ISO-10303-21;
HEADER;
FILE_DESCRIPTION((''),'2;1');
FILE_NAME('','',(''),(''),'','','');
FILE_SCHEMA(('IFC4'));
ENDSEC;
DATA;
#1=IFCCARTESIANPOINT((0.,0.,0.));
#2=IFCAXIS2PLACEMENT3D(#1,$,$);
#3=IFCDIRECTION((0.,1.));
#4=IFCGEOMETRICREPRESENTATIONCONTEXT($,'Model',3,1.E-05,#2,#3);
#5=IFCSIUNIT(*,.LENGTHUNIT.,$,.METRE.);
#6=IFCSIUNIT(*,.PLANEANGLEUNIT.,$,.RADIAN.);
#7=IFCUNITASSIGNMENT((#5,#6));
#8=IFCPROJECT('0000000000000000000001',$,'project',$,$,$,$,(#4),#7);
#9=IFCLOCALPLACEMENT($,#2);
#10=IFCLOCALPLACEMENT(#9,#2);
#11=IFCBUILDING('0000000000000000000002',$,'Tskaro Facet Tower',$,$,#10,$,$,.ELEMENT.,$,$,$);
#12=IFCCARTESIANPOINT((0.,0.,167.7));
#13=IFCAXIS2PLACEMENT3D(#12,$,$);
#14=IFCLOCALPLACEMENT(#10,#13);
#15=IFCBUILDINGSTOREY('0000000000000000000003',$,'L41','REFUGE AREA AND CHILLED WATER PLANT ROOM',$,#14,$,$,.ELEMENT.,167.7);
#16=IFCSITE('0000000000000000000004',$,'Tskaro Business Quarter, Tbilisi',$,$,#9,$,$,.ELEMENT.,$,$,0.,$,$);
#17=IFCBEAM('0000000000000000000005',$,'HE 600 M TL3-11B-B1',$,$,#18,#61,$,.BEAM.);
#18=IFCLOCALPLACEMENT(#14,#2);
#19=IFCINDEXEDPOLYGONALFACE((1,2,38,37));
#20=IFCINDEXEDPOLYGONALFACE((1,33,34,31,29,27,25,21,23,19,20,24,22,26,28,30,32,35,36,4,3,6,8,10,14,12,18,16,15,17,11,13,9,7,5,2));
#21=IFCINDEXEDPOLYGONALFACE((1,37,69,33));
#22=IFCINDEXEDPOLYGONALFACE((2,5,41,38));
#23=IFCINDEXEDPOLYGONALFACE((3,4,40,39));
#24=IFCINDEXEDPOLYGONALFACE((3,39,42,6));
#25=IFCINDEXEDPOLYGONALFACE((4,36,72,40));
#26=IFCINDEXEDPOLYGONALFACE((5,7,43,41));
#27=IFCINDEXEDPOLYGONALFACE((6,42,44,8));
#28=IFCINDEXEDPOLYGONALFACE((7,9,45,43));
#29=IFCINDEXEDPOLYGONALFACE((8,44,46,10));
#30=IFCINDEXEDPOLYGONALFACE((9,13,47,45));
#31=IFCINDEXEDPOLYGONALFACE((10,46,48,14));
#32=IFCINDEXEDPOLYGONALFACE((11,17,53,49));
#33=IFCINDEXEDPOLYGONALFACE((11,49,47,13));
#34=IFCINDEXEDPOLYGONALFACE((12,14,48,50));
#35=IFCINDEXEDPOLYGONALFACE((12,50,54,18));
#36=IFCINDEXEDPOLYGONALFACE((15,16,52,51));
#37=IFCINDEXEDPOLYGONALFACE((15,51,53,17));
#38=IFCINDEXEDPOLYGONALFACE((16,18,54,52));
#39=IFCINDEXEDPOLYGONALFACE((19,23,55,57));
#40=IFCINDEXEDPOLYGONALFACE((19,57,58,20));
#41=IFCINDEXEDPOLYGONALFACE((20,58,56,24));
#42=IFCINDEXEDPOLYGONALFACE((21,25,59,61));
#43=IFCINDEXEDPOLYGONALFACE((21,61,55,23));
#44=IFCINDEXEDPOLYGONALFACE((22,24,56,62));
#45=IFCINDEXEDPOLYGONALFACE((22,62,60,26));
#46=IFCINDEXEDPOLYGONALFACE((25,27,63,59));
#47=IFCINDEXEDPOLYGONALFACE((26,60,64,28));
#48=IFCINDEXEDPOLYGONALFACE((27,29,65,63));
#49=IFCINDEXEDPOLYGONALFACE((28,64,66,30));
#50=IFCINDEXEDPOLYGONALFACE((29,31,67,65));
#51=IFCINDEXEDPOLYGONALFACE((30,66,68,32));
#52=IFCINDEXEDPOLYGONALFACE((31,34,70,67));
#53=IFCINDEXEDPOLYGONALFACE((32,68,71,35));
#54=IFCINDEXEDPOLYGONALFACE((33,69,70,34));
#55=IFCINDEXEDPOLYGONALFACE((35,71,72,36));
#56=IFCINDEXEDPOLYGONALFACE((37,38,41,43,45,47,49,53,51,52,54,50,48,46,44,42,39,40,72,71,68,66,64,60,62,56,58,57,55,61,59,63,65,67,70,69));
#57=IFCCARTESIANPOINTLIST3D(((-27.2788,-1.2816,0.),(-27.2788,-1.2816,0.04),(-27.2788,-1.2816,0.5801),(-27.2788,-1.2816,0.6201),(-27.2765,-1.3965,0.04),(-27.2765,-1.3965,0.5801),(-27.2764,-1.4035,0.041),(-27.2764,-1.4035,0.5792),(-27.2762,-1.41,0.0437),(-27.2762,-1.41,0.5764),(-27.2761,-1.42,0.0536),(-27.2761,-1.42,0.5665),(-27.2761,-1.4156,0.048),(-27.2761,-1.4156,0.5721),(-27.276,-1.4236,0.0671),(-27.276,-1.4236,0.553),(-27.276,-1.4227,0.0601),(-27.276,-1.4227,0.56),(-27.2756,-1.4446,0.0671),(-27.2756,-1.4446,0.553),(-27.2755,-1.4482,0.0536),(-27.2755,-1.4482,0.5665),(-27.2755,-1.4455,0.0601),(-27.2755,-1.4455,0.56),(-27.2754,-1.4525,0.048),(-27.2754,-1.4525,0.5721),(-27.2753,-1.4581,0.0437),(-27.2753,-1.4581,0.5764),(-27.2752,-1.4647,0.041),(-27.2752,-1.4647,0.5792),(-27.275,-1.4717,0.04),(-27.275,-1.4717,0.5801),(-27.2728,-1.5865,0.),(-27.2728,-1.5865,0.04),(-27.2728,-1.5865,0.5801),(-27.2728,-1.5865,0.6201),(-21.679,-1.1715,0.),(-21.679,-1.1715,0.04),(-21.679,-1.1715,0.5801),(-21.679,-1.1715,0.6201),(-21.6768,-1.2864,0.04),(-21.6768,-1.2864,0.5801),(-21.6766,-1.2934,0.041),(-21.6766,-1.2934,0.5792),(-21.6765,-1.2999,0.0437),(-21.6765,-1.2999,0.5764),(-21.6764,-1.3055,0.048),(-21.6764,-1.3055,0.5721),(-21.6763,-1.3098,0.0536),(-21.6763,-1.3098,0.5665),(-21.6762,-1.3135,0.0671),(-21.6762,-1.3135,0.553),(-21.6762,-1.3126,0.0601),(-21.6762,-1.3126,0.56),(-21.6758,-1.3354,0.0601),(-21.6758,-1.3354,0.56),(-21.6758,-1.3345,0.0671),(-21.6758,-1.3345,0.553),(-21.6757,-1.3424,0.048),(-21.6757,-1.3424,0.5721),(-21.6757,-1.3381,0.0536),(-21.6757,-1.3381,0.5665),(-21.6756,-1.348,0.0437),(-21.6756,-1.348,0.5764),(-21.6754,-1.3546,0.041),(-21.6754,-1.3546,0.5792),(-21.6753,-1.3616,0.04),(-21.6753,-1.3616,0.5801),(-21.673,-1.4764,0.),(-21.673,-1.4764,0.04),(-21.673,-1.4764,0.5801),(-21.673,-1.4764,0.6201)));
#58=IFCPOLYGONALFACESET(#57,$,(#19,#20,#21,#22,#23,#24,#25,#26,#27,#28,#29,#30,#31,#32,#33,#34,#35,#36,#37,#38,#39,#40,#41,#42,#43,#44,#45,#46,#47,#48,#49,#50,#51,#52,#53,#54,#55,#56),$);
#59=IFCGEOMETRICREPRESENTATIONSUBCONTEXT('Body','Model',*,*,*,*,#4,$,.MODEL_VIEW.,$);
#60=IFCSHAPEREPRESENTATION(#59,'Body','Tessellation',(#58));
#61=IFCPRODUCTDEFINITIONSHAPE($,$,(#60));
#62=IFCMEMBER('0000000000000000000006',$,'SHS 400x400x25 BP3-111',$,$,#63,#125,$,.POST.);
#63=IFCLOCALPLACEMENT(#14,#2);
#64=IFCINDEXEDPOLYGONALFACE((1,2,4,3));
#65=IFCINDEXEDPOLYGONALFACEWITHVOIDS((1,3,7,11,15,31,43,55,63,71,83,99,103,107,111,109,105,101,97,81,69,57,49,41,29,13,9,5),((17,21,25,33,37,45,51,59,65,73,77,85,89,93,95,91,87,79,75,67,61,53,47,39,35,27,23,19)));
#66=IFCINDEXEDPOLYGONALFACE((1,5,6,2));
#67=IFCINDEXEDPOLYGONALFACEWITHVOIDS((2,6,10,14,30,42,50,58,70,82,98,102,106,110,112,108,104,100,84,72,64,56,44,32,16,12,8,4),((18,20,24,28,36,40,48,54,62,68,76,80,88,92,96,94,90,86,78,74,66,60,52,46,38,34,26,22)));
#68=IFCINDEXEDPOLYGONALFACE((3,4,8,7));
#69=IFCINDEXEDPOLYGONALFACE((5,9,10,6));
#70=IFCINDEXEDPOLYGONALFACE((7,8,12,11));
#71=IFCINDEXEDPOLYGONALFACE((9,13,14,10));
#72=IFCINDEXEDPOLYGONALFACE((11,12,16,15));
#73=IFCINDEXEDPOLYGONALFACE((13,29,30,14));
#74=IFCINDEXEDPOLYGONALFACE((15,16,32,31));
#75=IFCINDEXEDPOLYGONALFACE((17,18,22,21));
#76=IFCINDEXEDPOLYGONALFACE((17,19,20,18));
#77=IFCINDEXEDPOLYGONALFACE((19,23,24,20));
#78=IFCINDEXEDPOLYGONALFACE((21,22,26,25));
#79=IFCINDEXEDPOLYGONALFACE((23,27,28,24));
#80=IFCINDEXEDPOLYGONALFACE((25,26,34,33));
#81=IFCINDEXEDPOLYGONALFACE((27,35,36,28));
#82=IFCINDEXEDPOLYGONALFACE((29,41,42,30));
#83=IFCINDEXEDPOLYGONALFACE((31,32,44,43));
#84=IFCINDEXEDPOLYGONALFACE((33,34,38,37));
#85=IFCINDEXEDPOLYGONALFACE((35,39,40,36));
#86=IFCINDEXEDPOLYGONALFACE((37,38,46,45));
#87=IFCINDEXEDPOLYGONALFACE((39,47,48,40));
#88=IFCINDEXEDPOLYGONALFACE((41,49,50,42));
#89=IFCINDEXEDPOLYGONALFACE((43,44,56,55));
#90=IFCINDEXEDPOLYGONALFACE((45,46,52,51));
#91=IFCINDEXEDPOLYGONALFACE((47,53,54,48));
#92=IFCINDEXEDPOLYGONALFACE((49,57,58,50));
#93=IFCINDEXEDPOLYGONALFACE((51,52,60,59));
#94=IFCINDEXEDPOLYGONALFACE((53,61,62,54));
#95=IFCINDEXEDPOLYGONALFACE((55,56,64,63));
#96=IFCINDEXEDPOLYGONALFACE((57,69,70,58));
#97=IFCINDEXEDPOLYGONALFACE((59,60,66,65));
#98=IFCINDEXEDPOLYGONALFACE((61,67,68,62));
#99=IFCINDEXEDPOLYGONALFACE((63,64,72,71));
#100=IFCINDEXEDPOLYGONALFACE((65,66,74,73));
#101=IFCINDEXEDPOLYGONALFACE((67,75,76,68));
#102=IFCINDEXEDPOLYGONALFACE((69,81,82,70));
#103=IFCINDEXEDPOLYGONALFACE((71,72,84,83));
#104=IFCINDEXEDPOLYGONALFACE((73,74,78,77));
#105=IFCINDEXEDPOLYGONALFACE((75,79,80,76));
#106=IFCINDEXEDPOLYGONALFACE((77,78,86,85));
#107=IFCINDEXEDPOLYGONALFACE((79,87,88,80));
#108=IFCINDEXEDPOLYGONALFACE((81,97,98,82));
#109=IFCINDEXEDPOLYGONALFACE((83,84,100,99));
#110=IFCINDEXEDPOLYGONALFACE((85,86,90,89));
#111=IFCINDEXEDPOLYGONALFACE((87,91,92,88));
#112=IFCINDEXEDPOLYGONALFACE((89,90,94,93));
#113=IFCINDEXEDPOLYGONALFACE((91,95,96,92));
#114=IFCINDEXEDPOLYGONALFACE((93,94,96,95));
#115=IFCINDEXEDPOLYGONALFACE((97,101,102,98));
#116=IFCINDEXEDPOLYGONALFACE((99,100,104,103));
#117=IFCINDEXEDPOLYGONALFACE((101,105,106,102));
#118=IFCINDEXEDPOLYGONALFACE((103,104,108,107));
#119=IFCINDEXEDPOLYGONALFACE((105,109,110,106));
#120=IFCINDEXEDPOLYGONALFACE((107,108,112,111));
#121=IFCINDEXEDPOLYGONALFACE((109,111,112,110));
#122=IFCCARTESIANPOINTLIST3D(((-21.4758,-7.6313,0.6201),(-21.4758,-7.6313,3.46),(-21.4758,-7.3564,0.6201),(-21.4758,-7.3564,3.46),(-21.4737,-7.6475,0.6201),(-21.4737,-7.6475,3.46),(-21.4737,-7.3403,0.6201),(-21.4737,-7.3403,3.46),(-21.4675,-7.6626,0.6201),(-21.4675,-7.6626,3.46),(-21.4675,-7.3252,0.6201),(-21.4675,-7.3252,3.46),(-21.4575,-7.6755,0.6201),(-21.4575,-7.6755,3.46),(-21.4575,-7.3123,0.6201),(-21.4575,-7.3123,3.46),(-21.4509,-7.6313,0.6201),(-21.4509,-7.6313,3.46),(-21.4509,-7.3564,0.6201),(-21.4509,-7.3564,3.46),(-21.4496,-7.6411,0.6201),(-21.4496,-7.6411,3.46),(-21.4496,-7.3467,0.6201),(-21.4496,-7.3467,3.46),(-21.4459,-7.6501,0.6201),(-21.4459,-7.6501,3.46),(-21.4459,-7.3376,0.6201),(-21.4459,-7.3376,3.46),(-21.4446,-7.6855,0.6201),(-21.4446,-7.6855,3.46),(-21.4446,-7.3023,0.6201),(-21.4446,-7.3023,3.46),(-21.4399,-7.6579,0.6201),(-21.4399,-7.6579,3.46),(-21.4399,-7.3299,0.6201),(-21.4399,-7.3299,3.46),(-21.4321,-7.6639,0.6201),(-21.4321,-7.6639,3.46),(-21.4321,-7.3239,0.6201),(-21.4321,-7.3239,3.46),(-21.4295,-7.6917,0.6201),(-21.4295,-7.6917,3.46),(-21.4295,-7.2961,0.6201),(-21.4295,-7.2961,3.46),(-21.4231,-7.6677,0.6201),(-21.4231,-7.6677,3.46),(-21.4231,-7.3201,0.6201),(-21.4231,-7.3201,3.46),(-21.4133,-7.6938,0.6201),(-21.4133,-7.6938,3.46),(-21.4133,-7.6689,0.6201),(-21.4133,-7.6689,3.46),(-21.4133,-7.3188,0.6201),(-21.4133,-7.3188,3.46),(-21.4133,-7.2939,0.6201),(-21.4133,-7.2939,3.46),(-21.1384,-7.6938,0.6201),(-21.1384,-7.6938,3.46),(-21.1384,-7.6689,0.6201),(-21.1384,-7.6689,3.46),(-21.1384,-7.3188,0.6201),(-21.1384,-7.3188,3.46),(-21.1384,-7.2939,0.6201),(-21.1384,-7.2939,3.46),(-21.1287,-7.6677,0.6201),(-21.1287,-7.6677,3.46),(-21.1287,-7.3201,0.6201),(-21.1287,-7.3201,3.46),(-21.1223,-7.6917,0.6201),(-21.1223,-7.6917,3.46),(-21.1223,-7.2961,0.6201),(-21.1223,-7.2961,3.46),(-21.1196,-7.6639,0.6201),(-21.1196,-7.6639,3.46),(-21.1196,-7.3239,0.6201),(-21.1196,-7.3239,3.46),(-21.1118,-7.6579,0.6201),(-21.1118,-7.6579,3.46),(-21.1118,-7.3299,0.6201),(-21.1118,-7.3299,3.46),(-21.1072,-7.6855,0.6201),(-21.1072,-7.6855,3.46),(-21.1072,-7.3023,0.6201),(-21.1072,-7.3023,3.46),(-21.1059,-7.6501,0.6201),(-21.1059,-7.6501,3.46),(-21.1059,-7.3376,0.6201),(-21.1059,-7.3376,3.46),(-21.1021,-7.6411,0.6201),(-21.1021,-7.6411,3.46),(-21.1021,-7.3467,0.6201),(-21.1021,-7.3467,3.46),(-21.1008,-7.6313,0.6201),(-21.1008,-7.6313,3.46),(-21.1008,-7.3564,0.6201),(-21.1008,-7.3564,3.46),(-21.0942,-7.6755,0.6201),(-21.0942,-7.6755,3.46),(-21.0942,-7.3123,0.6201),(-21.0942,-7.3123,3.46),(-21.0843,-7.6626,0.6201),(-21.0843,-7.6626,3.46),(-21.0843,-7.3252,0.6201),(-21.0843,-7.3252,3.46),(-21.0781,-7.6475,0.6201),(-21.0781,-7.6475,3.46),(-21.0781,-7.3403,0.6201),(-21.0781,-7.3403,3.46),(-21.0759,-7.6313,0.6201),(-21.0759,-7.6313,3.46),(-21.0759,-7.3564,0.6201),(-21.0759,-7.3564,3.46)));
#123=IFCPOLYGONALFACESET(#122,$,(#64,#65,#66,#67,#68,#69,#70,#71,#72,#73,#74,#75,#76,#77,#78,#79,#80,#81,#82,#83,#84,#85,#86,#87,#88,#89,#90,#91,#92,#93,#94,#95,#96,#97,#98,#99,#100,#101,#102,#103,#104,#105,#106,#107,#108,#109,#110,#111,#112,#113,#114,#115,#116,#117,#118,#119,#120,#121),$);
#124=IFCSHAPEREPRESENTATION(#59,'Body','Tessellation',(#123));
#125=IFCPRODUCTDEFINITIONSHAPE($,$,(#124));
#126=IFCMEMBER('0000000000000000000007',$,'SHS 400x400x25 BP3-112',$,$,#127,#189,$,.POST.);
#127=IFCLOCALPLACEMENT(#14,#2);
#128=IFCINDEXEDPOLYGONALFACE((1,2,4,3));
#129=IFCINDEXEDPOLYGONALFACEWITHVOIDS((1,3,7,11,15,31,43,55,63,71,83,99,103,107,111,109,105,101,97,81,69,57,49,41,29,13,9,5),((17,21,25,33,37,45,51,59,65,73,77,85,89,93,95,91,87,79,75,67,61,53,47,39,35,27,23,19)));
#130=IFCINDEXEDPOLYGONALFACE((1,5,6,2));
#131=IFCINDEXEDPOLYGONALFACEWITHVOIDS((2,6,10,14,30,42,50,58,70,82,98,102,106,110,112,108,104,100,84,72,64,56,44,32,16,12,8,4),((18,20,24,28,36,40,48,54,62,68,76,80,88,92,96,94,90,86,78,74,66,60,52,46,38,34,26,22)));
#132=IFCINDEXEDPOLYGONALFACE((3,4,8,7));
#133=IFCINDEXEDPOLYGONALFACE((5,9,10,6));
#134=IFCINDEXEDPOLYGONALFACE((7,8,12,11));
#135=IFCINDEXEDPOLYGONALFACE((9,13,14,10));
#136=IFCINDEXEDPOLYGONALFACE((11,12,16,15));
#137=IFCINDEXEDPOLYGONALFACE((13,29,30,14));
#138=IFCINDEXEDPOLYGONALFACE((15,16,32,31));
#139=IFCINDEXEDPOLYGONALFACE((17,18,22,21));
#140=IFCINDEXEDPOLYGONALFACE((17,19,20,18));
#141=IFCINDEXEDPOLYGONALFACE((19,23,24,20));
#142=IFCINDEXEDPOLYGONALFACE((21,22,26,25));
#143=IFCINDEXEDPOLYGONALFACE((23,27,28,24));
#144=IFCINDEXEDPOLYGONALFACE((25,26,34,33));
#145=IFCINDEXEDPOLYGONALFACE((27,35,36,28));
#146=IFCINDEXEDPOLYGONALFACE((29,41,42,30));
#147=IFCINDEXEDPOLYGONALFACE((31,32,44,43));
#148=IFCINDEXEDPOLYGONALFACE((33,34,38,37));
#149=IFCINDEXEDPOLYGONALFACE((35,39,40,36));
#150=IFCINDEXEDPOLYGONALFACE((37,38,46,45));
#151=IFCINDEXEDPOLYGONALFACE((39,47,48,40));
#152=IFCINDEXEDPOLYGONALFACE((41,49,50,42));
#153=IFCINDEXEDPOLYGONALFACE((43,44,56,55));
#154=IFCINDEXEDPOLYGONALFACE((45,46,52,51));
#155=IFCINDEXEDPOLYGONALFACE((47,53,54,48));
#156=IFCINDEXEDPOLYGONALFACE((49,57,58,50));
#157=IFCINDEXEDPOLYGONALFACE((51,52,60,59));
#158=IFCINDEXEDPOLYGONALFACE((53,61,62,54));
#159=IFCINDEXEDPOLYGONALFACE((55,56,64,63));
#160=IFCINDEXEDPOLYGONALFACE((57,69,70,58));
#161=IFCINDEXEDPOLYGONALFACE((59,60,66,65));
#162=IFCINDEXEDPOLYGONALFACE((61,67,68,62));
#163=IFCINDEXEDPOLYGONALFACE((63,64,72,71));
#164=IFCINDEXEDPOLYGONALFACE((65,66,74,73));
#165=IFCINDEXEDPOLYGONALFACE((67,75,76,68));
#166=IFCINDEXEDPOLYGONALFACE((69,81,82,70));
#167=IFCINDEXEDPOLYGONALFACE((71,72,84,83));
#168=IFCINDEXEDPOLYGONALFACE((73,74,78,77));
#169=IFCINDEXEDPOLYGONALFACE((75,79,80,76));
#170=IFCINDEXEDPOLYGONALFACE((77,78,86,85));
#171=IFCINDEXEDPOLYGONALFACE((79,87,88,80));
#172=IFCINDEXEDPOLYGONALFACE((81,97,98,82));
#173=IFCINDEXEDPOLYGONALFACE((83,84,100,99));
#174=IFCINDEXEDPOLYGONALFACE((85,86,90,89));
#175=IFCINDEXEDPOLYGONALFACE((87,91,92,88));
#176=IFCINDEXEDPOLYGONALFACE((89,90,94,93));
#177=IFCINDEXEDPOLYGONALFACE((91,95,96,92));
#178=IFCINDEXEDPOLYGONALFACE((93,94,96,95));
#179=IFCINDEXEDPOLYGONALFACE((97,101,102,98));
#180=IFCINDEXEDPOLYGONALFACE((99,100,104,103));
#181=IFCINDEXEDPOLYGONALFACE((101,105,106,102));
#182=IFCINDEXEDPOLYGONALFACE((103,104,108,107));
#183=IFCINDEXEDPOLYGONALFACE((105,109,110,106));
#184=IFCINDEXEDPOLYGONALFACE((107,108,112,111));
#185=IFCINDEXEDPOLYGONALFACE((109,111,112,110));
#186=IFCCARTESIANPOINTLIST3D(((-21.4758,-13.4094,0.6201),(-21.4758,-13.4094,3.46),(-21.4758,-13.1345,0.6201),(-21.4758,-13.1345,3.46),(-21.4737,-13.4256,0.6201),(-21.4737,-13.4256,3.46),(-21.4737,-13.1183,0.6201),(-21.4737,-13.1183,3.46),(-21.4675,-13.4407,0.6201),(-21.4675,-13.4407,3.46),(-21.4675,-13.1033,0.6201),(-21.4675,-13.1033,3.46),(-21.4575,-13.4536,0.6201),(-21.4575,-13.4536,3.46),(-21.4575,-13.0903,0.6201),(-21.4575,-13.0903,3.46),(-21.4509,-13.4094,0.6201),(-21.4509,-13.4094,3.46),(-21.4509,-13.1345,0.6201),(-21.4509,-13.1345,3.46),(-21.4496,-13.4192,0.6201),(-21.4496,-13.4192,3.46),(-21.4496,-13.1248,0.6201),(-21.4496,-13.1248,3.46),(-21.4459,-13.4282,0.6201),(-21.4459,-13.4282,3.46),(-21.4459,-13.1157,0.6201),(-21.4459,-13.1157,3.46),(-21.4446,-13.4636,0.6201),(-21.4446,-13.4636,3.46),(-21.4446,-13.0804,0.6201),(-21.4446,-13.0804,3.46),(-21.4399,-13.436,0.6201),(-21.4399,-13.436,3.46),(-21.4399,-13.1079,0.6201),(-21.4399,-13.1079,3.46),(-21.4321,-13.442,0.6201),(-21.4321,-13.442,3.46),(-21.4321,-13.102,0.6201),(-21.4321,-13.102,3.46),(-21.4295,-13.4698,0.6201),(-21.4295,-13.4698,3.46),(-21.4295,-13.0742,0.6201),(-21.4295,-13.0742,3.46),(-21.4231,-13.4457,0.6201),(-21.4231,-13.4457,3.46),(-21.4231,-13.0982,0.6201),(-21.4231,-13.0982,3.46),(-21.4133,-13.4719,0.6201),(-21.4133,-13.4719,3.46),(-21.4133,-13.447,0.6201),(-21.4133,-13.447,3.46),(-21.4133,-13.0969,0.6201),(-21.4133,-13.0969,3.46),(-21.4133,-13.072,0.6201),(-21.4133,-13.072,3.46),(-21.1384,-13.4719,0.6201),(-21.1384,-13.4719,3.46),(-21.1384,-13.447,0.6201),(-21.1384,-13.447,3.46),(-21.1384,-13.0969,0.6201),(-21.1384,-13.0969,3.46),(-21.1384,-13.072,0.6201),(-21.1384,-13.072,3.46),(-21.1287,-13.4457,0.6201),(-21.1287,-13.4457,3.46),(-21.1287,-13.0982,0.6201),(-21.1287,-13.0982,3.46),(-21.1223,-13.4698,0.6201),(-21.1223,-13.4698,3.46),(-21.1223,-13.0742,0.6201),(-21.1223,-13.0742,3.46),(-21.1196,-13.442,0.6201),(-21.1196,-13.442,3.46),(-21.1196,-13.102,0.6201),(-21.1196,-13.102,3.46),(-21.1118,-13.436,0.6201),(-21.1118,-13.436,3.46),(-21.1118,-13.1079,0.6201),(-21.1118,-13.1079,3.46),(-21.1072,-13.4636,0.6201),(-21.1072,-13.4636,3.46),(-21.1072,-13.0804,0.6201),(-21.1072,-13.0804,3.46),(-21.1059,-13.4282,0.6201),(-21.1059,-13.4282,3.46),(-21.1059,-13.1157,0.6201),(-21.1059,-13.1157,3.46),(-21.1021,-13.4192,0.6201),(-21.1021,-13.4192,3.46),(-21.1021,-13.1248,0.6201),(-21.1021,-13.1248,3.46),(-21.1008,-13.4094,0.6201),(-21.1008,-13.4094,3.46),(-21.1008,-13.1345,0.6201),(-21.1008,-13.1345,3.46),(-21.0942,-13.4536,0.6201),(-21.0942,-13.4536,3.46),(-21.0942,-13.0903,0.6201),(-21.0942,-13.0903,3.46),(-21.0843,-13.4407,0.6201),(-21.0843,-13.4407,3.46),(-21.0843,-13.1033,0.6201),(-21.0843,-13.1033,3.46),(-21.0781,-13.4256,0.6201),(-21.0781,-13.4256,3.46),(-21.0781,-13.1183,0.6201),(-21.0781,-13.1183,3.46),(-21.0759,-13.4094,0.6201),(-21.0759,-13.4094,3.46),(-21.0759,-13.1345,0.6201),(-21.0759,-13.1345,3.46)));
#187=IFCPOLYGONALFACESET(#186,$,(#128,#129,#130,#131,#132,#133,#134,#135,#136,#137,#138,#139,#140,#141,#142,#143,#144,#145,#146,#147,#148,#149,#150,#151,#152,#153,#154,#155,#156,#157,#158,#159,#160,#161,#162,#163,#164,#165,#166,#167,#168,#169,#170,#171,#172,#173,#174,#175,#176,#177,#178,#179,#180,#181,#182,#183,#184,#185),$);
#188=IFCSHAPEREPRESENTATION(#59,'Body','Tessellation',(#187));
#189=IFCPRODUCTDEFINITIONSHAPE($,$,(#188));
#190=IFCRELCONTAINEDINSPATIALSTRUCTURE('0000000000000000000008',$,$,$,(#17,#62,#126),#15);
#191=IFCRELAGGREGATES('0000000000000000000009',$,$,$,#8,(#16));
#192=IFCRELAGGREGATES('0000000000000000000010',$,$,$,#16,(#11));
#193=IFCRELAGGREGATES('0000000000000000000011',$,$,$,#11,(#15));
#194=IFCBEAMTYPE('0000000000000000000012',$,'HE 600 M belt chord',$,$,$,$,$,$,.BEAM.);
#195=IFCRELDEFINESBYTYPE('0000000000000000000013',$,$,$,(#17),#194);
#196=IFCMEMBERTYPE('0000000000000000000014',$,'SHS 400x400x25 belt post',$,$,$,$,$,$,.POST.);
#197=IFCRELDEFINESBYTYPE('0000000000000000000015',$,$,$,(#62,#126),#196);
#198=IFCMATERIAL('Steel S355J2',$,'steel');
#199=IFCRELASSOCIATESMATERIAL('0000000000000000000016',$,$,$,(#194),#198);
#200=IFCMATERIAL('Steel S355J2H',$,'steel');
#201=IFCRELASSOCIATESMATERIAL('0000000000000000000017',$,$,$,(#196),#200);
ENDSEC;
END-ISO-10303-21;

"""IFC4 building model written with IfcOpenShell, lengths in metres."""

from ifc_helpers import new_model, si_unit, direction, frame, origin, origin_2d, place, context, subcontext, project, spatial, hollow_rectangle, i_section, extrude, material, material_profile, profile_set, type_object, element, save


model = new_model("IFC4")

# Units and contexts
model_context = context("Model", 3, precision=1e-05, world=origin(), true_north=direction((0.0, 1.0)))
body_context = subcontext(model_context, "Body", "Model", "MODEL_VIEW")
ifc_project = project(units=[si_unit("LENGTHUNIT", "METRE"), si_unit("PLANEANGLEUNIT", "RADIAN")], contexts=[model_context])

# Site, building, storey
site_placement = place(None, origin())
site = spatial("IfcSite", under=ifc_project, at=site_placement, Name="Tskaro Business Quarter, Tbilisi", CompositionType="ELEMENT", RefElevation=0.0)
building_placement = place(site_placement, origin())
building = spatial("IfcBuilding", under=site, at=building_placement, Name="Tskaro Facet Tower", CompositionType="ELEMENT")
storey_placement = place(building_placement, frame((0.0, 0.0, 167.7)))
storey = spatial("IfcBuildingStorey", under=building, at=storey_placement, Name="L41", Description="REFUGE AREA AND CHILLED WATER PLANT ROOM", CompositionType="ELEMENT", Elevation=167.7)

# Shared definitions
ifc_material_1 = material(Name="Steel S355J2H", Category="steel")

# Shared definitions
ifc_material_2 = material(Name="Steel S355J2", Category="steel")

# Beam
ifc_material_profile_1 = material_profile(ifc_material_2, i_section(OverallWidth=0.3049, OverallDepth=0.6201, WebThickness=0.021, FlangeThickness=0.04, FilletRadius=0.0271, at=origin_2d()), Name="HE 600 M")
ifc_profile_set_1 = profile_set([ifc_material_profile_1], Name="Steel S355J2")
beam_type_1 = type_object("IfcBeamType", Name="HE 600 M belt chord", PredefinedType="BEAM", material=ifc_profile_set_1)
for number, where, z_axis, x_axis, name in (
    (1, (-21.676, -1.324, 0.3101), (-0.999807, -0.019659, 0.0), (0.019659, -0.999807, 0.0), "HE 600 M TL3-11B-B1"),
):
    element("IfcBeam", number, at=place(storey_placement, frame(where, z_axis=z_axis, x_axis=x_axis)), inside=storey, type_object=beam_type_1, Name=name, PredefinedType="BEAM", context=body_context, shape_type="SweptSolid", body=[
        extrude(i_section(OverallWidth=0.3049, OverallDepth=0.6201, WebThickness=0.021, FlangeThickness=0.04, FilletRadius=0.0271, at=origin_2d()), origin(), (0.0, 0.0, 1.0), 5.6008),
    ])

# Members
ifc_material_profile_2 = material_profile(ifc_material_1, hollow_rectangle(XDim=0.3999, YDim=0.3999, WallThickness=0.0249, InnerFilletRadius=0.0376, OuterFilletRadius=0.0625, at=origin_2d()), Name="SHS 400x400x25")
ifc_profile_set_2 = profile_set([ifc_material_profile_2], Name="Steel S355J2H")
member_type_1 = type_object("IfcMemberType", Name="SHS 400x400x25 belt post", PredefinedType="POST", material=ifc_profile_set_2)
for number, where, z_axis, x_axis, name in (
    (2, (-21.2759, -7.4939, 0.6201), (0.0, 0.0, 1.0), (1.0, 0.0, 0.0), "SHS 400x400x25 BP3-111"),
    (3, (-21.2759, -13.272, 0.6201), (0.0, 0.0, 1.0), (1.0, 0.0, 0.0), "SHS 400x400x25 BP3-112"),
):
    element("IfcMember", number, at=place(storey_placement, frame(where, z_axis=z_axis, x_axis=x_axis)), inside=storey, type_object=member_type_1, Name=name, PredefinedType="POST", context=body_context, shape_type="SweptSolid", body=[
        extrude(hollow_rectangle(XDim=0.3999, YDim=0.3999, WallThickness=0.0249, InnerFilletRadius=0.0376, OuterFilletRadius=0.0625, at=origin_2d()), origin(), (0.0, 0.0, 1.0), 2.8398),
    ])

save(model, "model.ifc")
